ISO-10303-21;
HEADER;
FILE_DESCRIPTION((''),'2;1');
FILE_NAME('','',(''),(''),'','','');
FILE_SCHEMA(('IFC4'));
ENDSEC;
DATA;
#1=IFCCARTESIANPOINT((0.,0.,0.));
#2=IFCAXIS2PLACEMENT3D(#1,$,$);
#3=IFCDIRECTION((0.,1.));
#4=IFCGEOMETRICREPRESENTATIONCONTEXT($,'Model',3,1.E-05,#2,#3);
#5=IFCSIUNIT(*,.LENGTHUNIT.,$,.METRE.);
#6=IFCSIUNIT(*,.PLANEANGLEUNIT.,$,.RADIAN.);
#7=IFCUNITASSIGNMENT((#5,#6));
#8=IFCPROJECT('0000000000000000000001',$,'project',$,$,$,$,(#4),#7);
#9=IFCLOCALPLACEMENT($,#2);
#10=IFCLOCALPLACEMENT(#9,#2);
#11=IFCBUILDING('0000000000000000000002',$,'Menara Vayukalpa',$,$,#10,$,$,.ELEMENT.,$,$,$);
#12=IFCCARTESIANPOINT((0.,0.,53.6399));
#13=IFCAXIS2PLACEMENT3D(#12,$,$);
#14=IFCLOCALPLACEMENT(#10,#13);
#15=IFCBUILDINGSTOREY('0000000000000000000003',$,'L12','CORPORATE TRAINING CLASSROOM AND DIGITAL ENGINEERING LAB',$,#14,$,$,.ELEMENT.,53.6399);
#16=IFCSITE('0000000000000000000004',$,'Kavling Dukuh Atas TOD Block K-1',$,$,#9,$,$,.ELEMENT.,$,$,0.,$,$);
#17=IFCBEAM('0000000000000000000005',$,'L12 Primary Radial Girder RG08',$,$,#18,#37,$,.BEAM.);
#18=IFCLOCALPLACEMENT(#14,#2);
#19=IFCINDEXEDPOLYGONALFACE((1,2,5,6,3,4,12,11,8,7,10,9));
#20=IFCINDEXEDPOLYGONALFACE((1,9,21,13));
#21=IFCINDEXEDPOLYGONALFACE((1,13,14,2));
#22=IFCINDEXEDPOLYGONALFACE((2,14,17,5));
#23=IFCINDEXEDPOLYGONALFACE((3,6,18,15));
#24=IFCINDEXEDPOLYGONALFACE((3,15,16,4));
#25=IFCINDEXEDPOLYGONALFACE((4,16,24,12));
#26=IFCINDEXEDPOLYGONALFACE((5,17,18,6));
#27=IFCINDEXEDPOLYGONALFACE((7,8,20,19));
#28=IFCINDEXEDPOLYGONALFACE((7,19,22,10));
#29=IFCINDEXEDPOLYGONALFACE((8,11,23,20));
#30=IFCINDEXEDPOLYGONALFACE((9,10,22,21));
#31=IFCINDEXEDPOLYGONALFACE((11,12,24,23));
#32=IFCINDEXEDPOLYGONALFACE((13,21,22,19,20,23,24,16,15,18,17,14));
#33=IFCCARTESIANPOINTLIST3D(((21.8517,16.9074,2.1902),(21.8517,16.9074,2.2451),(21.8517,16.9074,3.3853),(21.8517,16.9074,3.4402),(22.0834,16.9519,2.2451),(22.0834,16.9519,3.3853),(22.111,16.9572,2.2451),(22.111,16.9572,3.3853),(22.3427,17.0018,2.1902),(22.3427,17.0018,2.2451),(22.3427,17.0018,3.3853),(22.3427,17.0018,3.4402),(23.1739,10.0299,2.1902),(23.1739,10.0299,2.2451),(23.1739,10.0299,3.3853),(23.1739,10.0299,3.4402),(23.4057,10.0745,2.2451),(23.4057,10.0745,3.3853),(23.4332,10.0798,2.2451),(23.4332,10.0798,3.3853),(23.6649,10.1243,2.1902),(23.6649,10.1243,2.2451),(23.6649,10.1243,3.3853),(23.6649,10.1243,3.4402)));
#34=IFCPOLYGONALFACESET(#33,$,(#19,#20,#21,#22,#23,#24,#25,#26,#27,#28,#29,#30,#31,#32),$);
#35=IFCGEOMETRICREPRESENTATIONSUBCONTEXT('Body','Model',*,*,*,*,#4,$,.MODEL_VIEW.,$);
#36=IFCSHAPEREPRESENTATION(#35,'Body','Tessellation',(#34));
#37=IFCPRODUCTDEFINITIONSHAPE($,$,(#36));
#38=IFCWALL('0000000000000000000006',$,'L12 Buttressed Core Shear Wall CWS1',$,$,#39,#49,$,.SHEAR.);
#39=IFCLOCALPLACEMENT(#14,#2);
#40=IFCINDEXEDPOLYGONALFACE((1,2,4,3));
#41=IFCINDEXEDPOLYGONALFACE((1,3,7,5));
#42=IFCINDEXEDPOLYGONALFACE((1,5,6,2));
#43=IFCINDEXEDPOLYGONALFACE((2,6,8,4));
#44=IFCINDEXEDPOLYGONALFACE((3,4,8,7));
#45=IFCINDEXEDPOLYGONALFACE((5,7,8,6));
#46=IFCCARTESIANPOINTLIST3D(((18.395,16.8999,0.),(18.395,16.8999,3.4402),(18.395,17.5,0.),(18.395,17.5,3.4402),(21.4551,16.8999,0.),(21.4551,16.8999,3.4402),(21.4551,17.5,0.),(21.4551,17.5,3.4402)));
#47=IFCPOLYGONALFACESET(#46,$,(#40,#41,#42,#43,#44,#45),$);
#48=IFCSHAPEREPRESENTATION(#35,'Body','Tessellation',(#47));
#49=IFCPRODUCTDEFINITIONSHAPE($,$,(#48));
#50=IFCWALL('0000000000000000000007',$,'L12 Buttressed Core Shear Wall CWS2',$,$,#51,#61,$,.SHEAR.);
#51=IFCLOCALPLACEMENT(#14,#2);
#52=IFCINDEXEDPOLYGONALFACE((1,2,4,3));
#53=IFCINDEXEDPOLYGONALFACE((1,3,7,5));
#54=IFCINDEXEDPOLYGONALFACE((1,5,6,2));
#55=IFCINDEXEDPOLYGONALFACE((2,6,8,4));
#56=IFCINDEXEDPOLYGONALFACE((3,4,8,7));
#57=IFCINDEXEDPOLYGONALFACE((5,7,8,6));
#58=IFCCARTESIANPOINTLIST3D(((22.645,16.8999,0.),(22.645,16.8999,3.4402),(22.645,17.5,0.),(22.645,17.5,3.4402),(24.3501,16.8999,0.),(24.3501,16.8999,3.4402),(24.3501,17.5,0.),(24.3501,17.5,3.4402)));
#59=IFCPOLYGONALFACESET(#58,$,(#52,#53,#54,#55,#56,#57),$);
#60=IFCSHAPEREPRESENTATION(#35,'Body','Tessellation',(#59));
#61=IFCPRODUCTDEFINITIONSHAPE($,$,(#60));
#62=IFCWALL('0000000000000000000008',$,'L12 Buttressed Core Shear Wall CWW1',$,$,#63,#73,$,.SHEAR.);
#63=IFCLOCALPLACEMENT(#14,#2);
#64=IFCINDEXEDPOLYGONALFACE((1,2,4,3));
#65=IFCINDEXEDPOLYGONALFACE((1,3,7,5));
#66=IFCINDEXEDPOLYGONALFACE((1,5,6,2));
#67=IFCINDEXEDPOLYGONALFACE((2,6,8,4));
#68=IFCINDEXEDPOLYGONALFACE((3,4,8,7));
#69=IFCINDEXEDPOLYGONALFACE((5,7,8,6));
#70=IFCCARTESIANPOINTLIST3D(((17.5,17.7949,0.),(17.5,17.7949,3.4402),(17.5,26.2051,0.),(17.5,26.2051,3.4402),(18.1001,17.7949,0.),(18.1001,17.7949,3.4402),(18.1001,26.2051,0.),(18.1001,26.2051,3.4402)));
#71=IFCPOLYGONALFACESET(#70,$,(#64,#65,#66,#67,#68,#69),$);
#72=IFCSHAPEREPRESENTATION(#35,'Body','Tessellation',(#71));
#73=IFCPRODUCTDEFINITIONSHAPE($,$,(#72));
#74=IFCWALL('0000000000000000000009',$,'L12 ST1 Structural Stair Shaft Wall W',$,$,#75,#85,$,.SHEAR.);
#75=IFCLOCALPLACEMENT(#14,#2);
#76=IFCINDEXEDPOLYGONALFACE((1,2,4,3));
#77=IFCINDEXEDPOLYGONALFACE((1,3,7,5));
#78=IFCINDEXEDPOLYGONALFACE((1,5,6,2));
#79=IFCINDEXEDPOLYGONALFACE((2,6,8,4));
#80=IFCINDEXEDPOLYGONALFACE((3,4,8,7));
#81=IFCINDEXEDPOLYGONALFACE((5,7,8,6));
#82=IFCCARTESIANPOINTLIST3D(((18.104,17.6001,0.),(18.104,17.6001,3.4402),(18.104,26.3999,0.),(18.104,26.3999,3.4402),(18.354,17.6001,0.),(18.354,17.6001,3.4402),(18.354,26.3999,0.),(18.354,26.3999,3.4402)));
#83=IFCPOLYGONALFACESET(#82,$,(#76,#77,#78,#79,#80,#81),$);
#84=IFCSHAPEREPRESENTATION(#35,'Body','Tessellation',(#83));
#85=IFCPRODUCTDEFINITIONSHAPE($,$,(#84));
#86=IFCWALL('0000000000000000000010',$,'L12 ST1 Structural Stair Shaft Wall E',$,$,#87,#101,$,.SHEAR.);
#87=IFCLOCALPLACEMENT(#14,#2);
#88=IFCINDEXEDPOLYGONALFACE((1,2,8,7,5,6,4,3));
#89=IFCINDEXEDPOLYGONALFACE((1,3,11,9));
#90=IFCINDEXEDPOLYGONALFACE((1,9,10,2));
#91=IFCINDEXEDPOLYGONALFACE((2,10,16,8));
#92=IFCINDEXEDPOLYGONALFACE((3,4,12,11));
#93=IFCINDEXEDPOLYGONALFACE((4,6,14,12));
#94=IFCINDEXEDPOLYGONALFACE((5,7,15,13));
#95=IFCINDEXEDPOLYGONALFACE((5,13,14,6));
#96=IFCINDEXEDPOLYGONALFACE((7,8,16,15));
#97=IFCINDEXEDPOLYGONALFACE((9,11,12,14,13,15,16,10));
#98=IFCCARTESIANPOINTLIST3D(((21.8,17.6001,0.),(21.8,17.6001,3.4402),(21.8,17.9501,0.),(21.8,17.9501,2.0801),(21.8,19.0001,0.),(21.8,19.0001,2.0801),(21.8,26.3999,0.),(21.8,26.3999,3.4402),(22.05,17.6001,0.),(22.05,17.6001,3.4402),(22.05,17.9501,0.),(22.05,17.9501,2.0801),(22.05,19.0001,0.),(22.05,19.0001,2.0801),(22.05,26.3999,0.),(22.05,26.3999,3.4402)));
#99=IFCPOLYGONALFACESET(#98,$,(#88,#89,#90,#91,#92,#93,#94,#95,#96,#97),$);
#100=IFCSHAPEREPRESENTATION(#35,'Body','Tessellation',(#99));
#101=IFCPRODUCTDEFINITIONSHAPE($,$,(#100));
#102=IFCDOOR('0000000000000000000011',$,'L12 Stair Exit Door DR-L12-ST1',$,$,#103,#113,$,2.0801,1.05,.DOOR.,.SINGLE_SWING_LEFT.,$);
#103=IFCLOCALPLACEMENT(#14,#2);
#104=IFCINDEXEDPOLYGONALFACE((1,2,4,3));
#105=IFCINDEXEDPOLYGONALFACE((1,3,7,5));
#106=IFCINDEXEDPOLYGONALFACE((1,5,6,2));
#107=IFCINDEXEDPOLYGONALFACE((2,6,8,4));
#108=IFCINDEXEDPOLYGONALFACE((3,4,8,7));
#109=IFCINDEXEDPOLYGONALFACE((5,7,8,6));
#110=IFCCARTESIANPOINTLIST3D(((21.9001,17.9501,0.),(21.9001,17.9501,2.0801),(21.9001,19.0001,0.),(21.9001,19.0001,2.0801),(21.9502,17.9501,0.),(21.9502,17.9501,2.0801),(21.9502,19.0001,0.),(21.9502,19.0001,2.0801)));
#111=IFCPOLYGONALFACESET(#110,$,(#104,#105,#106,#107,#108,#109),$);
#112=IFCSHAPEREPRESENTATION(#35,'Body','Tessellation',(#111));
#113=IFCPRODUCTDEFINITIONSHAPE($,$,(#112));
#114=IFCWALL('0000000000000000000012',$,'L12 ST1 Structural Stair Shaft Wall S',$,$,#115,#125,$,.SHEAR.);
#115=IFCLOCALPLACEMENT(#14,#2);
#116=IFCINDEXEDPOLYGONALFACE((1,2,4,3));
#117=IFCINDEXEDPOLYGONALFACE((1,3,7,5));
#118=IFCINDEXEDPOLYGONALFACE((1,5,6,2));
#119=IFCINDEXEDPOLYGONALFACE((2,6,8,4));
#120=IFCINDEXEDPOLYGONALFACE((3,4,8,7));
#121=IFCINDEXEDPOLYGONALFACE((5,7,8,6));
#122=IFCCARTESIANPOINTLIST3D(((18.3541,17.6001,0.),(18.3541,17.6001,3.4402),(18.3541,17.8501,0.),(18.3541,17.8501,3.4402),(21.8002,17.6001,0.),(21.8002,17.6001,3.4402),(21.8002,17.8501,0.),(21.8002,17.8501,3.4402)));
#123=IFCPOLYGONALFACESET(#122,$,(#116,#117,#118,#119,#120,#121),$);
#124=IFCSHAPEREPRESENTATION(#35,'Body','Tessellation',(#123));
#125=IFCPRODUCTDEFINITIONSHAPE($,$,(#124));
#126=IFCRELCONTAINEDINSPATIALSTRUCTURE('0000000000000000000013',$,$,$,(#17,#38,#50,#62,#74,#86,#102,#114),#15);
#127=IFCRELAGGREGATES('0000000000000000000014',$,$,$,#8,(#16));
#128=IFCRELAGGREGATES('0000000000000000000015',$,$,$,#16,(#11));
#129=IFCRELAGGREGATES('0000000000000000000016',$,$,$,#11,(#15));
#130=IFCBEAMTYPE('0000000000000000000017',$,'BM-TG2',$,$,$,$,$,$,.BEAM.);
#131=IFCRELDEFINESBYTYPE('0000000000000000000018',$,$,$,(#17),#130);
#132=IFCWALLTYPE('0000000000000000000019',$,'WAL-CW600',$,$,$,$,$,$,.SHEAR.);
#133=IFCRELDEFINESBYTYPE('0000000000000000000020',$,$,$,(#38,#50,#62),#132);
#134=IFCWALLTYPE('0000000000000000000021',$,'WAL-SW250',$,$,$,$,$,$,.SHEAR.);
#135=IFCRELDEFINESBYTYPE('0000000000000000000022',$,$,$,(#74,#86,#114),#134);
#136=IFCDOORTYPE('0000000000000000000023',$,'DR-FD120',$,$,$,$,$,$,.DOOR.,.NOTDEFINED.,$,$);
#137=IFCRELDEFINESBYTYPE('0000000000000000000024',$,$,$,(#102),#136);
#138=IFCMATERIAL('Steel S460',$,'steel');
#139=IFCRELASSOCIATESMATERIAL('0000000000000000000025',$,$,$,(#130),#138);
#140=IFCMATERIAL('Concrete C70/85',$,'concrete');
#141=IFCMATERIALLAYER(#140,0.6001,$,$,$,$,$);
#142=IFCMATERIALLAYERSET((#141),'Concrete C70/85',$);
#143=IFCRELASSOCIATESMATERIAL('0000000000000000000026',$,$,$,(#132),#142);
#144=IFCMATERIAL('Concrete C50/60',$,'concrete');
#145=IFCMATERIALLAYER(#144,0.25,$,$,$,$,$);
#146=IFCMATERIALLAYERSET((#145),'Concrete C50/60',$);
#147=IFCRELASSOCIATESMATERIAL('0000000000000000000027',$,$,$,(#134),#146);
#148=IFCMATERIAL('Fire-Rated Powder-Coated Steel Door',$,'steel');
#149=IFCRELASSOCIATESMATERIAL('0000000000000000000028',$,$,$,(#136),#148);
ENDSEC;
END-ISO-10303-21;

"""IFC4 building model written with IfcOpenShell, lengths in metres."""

from ifc_helpers import new_model, si_unit, direction, frame, frame_2d, origin, origin_2d, place, context, subcontext, project, spatial, rectangle, i_section, extrude, material, layer, layer_set, material_profile, profile_set, type_object, element, fill, save


model = new_model("IFC4")

# Units and contexts
model_context = context("Model", 3, precision=1e-05, world=origin(), true_north=direction((0.0, 1.0)))
body_context = subcontext(model_context, "Body", "Model", "MODEL_VIEW")
ifc_project = project(units=[si_unit("LENGTHUNIT", "METRE"), si_unit("PLANEANGLEUNIT", "RADIAN")], contexts=[model_context])

# Site, building, storey
site_placement = place(None, origin())
site = spatial("IfcSite", under=ifc_project, at=site_placement, Name="Kavling Dukuh Atas TOD Block K-1", CompositionType="ELEMENT", RefElevation=0.0)
building_placement = place(site_placement, origin())
building = spatial("IfcBuilding", under=site, at=building_placement, Name="Menara Vayukalpa", CompositionType="ELEMENT")
storey_placement = place(building_placement, frame((0.0, 0.0, 53.6399)))
storey = spatial("IfcBuildingStorey", under=building, at=storey_placement, Name="L12", Description="CORPORATE TRAINING CLASSROOM AND DIGITAL ENGINEERING LAB", CompositionType="ELEMENT", Elevation=53.6399)

# Beam
ifc_material_1 = material(Name="Steel S460", Category="steel")
ifc_material_profile_1 = material_profile(ifc_material_1, i_section(OverallWidth=0.5, OverallDepth=1.25, WebThickness=0.0281, FlangeThickness=0.0549, at=origin_2d()), Name="WG 1250x500x28x55")
ifc_profile_set_1 = profile_set([ifc_material_profile_1], Name="Steel S460")
beam_type_1 = type_object("IfcBeamType", Name="BM-TG2", PredefinedType="BEAM", material=ifc_profile_set_1)
beam_1_placement = place(storey_placement, frame((22.0972, 16.9546, 2.8152), z_axis=(0.188803, -0.982015, 0.0), x_axis=(0.982015, 0.188803, 0.0)))
element("IfcBeam", 1, at=beam_1_placement, inside=storey, type_object=beam_type_1, Name="L12 Primary Radial Girder RG08", PredefinedType="BEAM", context=body_context, shape_type="SweptSolid", body=[
    extrude(i_section(OverallWidth=0.5, OverallDepth=1.25, WebThickness=0.0281, FlangeThickness=0.0549, at=origin_2d()), origin(), (0.0, 0.0, 1.0), 7.0034),
])

# Walls
ifc_material_2 = material(Name="Concrete C70/85", Category="concrete")
ifc_layer_1 = layer(ifc_material_2, 0.6001)
ifc_layer_set_1 = layer_set([ifc_layer_1], Name="Concrete C70/85")
wall_type_1 = type_object("IfcWallType", Name="WAL-CW600", PredefinedType="SHEAR", material=ifc_layer_set_1)
wall_1_placement = place(storey_placement, frame((18.395, 17.2, 0.0), z_axis=(0.0, 0.0, 1.0), x_axis=(1.0, 0.0, 0.0)))
element("IfcWall", 2, at=wall_1_placement, inside=storey, type_object=wall_type_1, Name="L12 Buttressed Core Shear Wall CWS1", PredefinedType="SHEAR", context=body_context, shape_type="SweptSolid", body=[
    extrude(rectangle(XDim=3.0601, YDim=0.6001, at=frame_2d((1.53, 0.0))), origin(), (0.0, 0.0, 1.0), 3.4402),
])
wall_2_placement = place(storey_placement, frame((22.645, 17.2, 0.0), z_axis=(0.0, 0.0, 1.0), x_axis=(1.0, 0.0, 0.0)))
element("IfcWall", 3, at=wall_2_placement, inside=storey, type_object=wall_type_1, Name="L12 Buttressed Core Shear Wall CWS2", PredefinedType="SHEAR", context=body_context, shape_type="SweptSolid", body=[
    extrude(rectangle(XDim=1.7051, YDim=0.6001, at=frame_2d((0.8525, 0.0))), origin(), (0.0, 0.0, 1.0), 3.4402),
])
wall_3_placement = place(storey_placement, frame((17.8, 17.7949, 0.0), z_axis=(0.0, 0.0, 1.0), x_axis=(0.0, 1.0, 0.0)))
element("IfcWall", 4, at=wall_3_placement, inside=storey, type_object=wall_type_1, Name="L12 Buttressed Core Shear Wall CWW1", PredefinedType="SHEAR", context=body_context, shape_type="SweptSolid", body=[
    extrude(rectangle(XDim=8.4102, YDim=0.6001, at=frame_2d((4.2051, 0.0))), origin(), (0.0, 0.0, 1.0), 3.4402),
])
ifc_material_3 = material(Name="Concrete C50/60", Category="concrete")
ifc_layer_2 = layer(ifc_material_3, 0.25)
ifc_layer_set_2 = layer_set([ifc_layer_2], Name="Concrete C50/60")
wall_type_2 = type_object("IfcWallType", Name="WAL-SW250", PredefinedType="SHEAR", material=ifc_layer_set_2)
wall_4_placement = place(storey_placement, frame((18.229, 17.6001, 0.0), z_axis=(0.0, 0.0, 1.0), x_axis=(0.0, 1.0, 0.0)))
element("IfcWall", 5, at=wall_4_placement, inside=storey, type_object=wall_type_2, Name="L12 ST1 Structural Stair Shaft Wall W", PredefinedType="SHEAR", context=body_context, shape_type="SweptSolid", body=[
    extrude(rectangle(XDim=8.7998, YDim=0.25, at=frame_2d((4.3999, 0.0))), origin(), (0.0, 0.0, 1.0), 3.4402),
])

# Wall, opening, door
wall_5_placement = place(storey_placement, frame((21.925, 17.6001, 0.0), z_axis=(0.0, 0.0, 1.0), x_axis=(0.0, 1.0, 0.0)))
wall_5 = element("IfcWall", 6, at=wall_5_placement, inside=storey, type_object=wall_type_2, Name="L12 ST1 Structural Stair Shaft Wall E", PredefinedType="SHEAR", context=body_context, shape_type="SweptSolid", body=[
    extrude(rectangle(XDim=8.7998, YDim=0.25, at=frame_2d((4.3999, 0.0))), origin(), (0.0, 0.0, 1.0), 3.4402),
])
opening_placement = place(wall_5_placement, frame((0.3501, 0.0, 0.0)))
opening = element("IfcOpeningElement", 7, at=opening_placement, cuts=wall_5, PredefinedType="OPENING", context=body_context, shape_type="SweptSolid", body=[
    extrude(rectangle(XDim=1.05, YDim=2.0801, at=frame_2d((0.5249, 1.04))), frame((0.0, 0.135, 0.0), z_axis=(0.0, -1.0, 0.0), x_axis=(1.0, 0.0, 0.0)), (0.0, 0.0, 1.0), 0.27),
])
ifc_material_4 = material(Name="Fire-Rated Powder-Coated Steel Door", Category="steel")
door_type = type_object("IfcDoorType", Name="DR-FD120", OperationType="NOTDEFINED", PredefinedType="DOOR", material=ifc_material_4)
door_placement = place(opening_placement, origin())
door = element("IfcDoor", 8, at=door_placement, inside=storey, type_object=door_type, Name="L12 Stair Exit Door DR-L12-ST1", OperationType="SINGLE_SWING_LEFT", OverallHeight=2.0801, OverallWidth=1.05, PredefinedType="DOOR", context=body_context, shape_type="SweptSolid", body=[
    extrude(rectangle(XDim=1.05, YDim=2.0801, at=frame_2d((0.5249, 1.04))), frame((0.0, 0.0249, 0.0), z_axis=(0.0, -1.0, 0.0), x_axis=(1.0, 0.0, 0.0)), (0.0, 0.0, 1.0), 0.05),
])
fill(opening, door)

# Wall
wall_6_placement = place(storey_placement, frame((18.354, 17.7251, 0.0), z_axis=(0.0, 0.0, 1.0), x_axis=(1.0, 0.0, 0.0)))
element("IfcWall", 9, at=wall_6_placement, inside=storey, type_object=wall_type_2, Name="L12 ST1 Structural Stair Shaft Wall S", PredefinedType="SHEAR", context=body_context, shape_type="SweptSolid", body=[
    extrude(rectangle(XDim=3.446, YDim=0.25, at=frame_2d((1.7231, 0.0))), origin(), (0.0, 0.0, 1.0), 3.4402),
])

save(model, "model.ifc")
